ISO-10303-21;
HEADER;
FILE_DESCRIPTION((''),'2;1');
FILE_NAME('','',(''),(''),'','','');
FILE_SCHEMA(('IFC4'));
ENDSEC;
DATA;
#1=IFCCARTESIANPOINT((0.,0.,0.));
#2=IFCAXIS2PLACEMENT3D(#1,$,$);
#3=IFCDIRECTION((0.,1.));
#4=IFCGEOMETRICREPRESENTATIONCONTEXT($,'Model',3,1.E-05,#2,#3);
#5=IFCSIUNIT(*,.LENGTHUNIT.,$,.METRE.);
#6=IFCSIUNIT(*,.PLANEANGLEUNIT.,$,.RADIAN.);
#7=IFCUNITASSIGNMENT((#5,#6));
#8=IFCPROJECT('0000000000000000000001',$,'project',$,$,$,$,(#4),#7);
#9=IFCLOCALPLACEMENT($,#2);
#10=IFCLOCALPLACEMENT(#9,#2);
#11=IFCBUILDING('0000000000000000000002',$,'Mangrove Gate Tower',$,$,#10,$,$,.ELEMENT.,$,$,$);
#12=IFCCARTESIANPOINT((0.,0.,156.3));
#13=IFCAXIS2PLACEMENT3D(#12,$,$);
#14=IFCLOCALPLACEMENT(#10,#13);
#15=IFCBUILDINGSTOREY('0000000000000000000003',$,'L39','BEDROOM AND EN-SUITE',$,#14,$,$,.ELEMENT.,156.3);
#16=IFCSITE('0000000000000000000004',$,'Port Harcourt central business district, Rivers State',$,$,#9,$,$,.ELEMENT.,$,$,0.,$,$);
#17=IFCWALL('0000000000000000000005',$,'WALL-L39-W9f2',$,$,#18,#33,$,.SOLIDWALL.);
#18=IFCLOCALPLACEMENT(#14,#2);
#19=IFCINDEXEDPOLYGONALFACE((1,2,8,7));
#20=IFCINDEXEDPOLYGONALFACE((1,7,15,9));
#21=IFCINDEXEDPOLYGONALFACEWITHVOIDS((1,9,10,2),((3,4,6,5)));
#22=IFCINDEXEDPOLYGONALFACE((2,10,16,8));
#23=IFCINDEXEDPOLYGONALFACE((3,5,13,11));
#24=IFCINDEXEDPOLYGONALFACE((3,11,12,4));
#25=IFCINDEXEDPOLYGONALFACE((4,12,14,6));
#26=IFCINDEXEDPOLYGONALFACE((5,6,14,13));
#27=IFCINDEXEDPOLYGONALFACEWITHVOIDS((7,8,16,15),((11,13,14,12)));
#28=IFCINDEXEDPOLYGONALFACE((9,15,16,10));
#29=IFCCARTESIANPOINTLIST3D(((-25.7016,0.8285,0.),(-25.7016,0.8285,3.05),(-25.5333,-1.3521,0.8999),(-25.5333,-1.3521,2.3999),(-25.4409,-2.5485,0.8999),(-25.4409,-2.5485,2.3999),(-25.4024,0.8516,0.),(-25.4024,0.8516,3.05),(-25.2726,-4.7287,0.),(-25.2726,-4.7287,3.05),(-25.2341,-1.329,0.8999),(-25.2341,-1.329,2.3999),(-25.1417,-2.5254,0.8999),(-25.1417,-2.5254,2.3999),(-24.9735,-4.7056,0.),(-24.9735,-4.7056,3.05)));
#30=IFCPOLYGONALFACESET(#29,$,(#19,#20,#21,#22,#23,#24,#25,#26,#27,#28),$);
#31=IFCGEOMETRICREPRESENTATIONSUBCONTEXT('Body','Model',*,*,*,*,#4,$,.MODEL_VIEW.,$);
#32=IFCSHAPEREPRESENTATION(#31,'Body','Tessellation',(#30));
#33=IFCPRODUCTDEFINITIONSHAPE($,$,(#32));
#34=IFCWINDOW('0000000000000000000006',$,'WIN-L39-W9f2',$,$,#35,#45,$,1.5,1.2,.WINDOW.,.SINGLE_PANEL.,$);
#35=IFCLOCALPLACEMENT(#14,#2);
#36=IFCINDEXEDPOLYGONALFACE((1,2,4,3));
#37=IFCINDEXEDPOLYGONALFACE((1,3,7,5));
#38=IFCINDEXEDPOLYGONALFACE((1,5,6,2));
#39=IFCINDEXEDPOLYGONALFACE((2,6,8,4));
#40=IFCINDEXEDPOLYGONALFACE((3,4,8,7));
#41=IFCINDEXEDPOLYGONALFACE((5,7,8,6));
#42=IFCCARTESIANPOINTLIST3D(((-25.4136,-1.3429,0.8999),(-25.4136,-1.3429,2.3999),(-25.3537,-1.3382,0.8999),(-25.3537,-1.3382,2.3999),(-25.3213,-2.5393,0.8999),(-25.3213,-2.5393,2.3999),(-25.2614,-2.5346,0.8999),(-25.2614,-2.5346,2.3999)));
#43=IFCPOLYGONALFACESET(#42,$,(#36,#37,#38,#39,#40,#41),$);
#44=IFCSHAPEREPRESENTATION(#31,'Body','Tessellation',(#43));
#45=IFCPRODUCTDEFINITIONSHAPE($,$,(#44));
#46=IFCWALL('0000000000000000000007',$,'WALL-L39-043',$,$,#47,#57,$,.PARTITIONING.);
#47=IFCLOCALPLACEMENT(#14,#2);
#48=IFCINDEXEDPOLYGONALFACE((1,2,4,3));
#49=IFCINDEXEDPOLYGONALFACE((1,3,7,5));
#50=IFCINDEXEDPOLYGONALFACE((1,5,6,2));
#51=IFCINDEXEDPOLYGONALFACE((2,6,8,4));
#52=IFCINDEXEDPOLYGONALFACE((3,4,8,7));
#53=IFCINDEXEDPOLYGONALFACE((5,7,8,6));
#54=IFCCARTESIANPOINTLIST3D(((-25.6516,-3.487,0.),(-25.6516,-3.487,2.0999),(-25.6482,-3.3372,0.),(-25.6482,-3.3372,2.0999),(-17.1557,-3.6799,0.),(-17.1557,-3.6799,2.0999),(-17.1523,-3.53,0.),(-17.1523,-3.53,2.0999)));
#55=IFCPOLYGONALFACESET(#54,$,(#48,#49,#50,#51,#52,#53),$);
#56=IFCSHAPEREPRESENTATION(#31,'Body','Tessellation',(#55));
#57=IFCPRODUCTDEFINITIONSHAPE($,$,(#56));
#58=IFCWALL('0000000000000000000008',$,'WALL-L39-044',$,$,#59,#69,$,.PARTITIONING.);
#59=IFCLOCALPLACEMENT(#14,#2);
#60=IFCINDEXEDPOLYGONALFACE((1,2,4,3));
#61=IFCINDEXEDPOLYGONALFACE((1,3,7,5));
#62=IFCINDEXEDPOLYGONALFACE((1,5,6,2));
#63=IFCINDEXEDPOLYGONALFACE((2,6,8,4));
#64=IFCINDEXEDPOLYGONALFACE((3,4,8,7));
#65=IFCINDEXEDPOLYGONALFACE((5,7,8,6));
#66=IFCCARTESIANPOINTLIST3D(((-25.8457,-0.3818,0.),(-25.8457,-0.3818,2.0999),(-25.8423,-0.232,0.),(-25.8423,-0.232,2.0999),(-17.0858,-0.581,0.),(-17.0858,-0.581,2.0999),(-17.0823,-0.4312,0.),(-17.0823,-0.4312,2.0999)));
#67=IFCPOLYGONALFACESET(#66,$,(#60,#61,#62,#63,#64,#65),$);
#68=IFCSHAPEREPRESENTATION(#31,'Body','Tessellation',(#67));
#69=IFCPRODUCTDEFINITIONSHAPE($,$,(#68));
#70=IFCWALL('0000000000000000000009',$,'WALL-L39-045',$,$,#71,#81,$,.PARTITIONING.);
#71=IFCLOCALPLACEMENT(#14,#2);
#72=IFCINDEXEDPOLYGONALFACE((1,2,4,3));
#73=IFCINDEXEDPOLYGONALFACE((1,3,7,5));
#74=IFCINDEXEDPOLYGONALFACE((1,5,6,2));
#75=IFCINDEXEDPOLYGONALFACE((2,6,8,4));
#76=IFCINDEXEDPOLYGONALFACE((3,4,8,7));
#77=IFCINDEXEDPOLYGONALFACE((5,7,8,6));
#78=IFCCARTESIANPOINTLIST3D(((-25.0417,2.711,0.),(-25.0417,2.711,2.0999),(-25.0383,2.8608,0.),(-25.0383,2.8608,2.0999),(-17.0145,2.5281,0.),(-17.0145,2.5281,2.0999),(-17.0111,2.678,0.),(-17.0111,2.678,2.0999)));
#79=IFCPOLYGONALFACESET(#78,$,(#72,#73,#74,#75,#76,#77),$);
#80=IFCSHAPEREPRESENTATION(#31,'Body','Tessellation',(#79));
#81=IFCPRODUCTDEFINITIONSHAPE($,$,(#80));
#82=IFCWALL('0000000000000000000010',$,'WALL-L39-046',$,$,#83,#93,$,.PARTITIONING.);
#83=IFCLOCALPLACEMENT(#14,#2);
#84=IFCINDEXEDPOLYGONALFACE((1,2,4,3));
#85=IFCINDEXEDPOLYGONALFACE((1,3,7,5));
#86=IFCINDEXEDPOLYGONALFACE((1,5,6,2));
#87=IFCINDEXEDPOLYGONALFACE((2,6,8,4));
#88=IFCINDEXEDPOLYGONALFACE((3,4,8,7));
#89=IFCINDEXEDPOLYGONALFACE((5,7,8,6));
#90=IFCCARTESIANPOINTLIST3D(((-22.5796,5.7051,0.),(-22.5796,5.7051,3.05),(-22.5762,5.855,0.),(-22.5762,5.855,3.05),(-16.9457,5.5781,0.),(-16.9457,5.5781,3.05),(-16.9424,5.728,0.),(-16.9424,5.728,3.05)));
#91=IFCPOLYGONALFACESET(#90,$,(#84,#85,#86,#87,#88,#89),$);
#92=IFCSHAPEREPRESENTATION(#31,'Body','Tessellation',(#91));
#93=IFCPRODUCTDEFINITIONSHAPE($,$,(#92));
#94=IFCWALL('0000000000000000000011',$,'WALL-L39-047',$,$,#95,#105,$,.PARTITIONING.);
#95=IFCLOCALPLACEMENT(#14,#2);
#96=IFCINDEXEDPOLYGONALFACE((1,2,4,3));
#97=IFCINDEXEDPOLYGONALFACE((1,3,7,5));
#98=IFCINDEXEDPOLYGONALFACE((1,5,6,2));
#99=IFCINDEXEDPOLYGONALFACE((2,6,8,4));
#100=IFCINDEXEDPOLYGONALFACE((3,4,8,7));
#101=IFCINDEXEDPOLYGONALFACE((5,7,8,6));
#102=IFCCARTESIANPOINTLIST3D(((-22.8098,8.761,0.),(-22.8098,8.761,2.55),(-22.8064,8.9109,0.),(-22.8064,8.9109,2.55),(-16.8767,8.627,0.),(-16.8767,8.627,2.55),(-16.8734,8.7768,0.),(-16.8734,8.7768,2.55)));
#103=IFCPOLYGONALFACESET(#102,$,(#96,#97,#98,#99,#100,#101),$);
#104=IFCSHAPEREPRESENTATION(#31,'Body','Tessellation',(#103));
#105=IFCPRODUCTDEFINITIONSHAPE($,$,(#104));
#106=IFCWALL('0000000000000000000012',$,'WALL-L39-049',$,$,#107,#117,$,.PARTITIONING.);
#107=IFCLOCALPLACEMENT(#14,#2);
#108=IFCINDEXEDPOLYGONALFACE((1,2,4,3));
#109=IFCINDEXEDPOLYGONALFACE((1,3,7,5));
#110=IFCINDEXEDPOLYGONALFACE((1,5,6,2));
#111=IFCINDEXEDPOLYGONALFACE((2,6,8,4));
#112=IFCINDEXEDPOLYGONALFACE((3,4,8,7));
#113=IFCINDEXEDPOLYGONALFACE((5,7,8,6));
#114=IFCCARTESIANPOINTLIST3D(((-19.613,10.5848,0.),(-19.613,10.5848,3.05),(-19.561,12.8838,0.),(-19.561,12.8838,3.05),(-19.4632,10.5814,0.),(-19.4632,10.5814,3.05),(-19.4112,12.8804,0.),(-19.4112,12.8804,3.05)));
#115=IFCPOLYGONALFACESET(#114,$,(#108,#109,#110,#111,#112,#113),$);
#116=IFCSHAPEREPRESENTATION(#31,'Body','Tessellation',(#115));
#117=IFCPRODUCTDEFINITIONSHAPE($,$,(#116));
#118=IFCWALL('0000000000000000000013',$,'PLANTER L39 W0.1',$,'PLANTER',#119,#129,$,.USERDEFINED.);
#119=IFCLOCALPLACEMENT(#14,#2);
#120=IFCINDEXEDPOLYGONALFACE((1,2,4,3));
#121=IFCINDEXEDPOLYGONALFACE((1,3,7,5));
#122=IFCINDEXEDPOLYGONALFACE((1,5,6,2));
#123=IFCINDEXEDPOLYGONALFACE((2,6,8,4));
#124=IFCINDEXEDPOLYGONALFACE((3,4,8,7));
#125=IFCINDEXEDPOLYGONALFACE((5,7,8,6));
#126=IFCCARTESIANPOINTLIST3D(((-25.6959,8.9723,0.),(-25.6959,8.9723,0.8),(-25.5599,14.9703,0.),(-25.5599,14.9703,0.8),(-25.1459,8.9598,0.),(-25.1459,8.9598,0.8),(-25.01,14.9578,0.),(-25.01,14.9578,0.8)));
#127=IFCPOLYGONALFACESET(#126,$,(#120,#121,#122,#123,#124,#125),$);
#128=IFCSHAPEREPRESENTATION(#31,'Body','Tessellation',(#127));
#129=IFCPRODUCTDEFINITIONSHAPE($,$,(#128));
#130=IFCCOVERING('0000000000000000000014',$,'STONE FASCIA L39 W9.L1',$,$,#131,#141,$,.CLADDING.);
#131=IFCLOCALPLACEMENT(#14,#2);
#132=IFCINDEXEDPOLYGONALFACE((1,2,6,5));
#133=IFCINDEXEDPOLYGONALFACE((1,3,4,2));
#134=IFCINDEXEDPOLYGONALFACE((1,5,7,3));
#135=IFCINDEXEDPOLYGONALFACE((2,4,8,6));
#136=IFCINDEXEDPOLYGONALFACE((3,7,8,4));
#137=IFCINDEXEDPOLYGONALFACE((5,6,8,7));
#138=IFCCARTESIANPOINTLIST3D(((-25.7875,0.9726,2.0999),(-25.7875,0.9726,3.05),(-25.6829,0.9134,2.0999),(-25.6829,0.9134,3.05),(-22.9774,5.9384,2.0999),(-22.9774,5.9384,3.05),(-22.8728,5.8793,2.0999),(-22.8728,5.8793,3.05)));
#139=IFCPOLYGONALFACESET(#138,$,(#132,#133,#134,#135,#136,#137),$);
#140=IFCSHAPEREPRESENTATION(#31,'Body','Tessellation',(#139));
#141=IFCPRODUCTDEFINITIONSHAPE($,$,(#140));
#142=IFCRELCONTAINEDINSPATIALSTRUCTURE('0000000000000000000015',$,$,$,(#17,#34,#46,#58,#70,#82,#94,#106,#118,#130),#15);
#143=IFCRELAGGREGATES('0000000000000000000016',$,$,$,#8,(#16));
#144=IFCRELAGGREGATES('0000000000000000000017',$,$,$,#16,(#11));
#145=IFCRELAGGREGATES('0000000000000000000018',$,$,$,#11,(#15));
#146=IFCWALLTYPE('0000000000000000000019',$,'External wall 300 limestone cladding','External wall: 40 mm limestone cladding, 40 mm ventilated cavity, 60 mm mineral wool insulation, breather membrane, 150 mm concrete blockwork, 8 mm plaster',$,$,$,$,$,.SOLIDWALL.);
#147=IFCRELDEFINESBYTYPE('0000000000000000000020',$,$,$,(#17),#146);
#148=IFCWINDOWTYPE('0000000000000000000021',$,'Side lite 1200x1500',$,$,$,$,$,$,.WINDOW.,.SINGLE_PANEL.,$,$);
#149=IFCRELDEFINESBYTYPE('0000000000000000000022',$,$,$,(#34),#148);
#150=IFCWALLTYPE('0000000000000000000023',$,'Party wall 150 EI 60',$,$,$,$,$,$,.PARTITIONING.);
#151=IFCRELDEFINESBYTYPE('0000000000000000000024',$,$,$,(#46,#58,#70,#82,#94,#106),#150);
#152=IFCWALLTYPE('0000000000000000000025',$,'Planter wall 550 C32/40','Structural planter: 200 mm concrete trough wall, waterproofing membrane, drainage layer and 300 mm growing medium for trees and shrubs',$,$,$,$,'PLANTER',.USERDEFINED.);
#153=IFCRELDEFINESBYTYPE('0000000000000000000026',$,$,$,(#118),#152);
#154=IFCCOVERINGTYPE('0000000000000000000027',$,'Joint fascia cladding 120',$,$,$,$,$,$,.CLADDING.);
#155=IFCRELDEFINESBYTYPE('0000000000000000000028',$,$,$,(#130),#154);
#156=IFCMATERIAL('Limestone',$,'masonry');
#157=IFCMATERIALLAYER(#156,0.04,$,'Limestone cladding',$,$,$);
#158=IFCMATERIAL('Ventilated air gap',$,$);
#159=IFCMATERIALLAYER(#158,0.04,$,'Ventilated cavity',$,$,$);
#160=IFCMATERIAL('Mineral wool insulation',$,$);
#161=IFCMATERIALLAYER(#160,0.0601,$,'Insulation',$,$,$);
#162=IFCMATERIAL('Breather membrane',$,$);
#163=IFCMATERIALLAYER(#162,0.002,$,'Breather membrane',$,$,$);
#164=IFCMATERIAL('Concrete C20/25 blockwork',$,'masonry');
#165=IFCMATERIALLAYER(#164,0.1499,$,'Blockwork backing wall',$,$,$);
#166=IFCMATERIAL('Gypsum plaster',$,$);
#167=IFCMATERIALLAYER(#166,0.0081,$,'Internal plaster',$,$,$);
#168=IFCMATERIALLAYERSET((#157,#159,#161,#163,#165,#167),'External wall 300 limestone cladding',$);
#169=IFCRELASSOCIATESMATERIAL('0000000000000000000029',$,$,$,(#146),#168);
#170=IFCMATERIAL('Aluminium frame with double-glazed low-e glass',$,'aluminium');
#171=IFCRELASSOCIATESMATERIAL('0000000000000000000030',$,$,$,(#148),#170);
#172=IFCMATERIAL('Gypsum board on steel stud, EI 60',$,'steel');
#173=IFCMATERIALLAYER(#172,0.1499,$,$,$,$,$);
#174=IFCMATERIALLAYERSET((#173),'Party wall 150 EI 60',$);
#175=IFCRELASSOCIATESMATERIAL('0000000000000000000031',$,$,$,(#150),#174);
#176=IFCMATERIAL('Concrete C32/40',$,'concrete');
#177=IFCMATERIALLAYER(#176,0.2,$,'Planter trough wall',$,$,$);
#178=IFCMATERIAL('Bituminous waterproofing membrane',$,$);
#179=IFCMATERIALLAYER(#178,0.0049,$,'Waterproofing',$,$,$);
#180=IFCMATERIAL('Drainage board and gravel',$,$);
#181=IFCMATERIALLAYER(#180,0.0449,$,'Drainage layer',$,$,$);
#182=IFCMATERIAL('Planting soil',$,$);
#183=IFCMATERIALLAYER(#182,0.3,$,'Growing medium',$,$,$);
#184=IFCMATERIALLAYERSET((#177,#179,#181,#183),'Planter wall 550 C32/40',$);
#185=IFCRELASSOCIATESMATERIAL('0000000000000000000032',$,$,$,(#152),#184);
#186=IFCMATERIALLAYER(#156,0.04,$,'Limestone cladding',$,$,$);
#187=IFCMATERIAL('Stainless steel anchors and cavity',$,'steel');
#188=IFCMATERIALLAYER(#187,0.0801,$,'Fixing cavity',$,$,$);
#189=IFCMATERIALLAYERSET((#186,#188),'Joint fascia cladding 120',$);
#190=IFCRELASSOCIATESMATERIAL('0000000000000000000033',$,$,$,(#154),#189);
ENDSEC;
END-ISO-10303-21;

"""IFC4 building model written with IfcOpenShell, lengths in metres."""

from ifc_helpers import new_model, si_unit, direction, frame, frame_2d, origin, place, context, subcontext, project, spatial, rectangle, extrude, material, layer, layer_set, type_object, element, fill, save


model = new_model("IFC4")

# Units and contexts
model_context = context("Model", 3, precision=1e-05, world=origin(), true_north=direction((0.0, 1.0)))
body_context = subcontext(model_context, "Body", "Model", "MODEL_VIEW")
ifc_project = project(units=[si_unit("LENGTHUNIT", "METRE"), si_unit("PLANEANGLEUNIT", "RADIAN")], contexts=[model_context])

# Site, building, storey
site_placement = place(None, origin())
site = spatial("IfcSite", under=ifc_project, at=site_placement, Name="Port Harcourt central business district, Rivers State", CompositionType="ELEMENT", RefElevation=0.0)
building_placement = place(site_placement, origin())
building = spatial("IfcBuilding", under=site, at=building_placement, Name="Mangrove Gate Tower", CompositionType="ELEMENT")
storey_placement = place(building_placement, frame((0.0, 0.0, 156.3)))
storey = spatial("IfcBuildingStorey", under=building, at=storey_placement, Name="L39", Description="BEDROOM AND EN-SUITE", CompositionType="ELEMENT", Elevation=156.3)

# Wall, opening, window
ifc_material_1 = material(Name="Limestone", Category="masonry")
ifc_layer_1 = layer(ifc_material_1, 0.04, Name="Limestone cladding")
ifc_material_2 = material(Name="Ventilated air gap")
ifc_layer_2 = layer(ifc_material_2, 0.04, Name="Ventilated cavity")
ifc_material_3 = material(Name="Mineral wool insulation")
ifc_layer_3 = layer(ifc_material_3, 0.0601, Name="Insulation")
ifc_material_4 = material(Name="Breather membrane")
ifc_layer_4 = layer(ifc_material_4, 0.002, Name="Breather membrane")
ifc_material_5 = material(Name="Concrete C20/25 blockwork", Category="masonry")
ifc_layer_5 = layer(ifc_material_5, 0.1499, Name="Blockwork backing wall")
ifc_material_6 = material(Name="Gypsum plaster")
ifc_layer_6 = layer(ifc_material_6, 0.0081, Name="Internal plaster")
ifc_layer_set_1 = layer_set([ifc_layer_1, ifc_layer_2, ifc_layer_3, ifc_layer_4, ifc_layer_5, ifc_layer_6], Name="External wall 300 limestone cladding")
wall_type_1 = type_object("IfcWallType", Name="External wall 300 limestone cladding", Description="External wall: 40 mm limestone cladding, 40 mm ventilated cavity, 60 mm mineral wool insulation, breather membrane, 150 mm concrete blockwork, 8 mm plaster", PredefinedType="SOLIDWALL", material=ifc_layer_set_1)
ifc_material_7 = material(Name="Aluminium frame with double-glazed low-e glass", Category="aluminium")
window_type = type_object("IfcWindowType", Name="Side lite 1200x1500", PartitioningType="SINGLE_PANEL", PredefinedType="WINDOW", material=ifc_material_7)
wall_1_placement = place(storey_placement, frame((-25.552, 0.8401, 0.0), z_axis=(0.0, 0.0, 1.0), x_axis=(0.076961, -0.997034, 0.0)))
wall_1 = element("IfcWall", 1, at=wall_1_placement, inside=storey, type_object=wall_type_1, Name="WALL-L39-W9f2", PredefinedType="SOLIDWALL", context=body_context, shape_type="SweptSolid", body=[
    extrude(rectangle(XDim=5.5737, YDim=0.3, at=frame_2d((2.7869, 0.0))), origin(), (0.0, 0.0, 1.0), 3.05),
])
opening_1_placement = place(wall_1_placement, frame((2.187, 0.0, 0.8999)))
opening_1 = element("IfcOpeningElement", 2, at=opening_1_placement, cuts=wall_1, PredefinedType="OPENING", context=body_context, shape_type="SweptSolid", body=[
    extrude(rectangle(XDim=1.2, YDim=1.5, at=frame_2d((0.6001, 0.75))), frame((0.0, 0.1599, 0.0), z_axis=(0.0, -1.0, 0.0), x_axis=(1.0, 0.0, 0.0)), (0.0, 0.0, 1.0), 0.3201),
])
window_1_placement = place(opening_1_placement, origin())
window_1 = element("IfcWindow", 3, at=window_1_placement, inside=storey, type_object=window_type, Name="WIN-L39-W9f2", OverallHeight=1.5, OverallWidth=1.2, PartitioningType="SINGLE_PANEL", PredefinedType="WINDOW", context=body_context, shape_type="SweptSolid", body=[
    extrude(rectangle(XDim=1.2, YDim=1.5, at=frame_2d((0.6001, 0.75))), frame((0.0, 0.03, 0.0), z_axis=(0.0, -1.0, 0.0), x_axis=(1.0, 0.0, 0.0)), (0.0, 0.0, 1.0), 0.0601),
])
fill(opening_1, window_1)

# Walls
ifc_material_8 = material(Name="Gypsum board on steel stud, EI 60", Category="steel")
ifc_layer_7 = layer(ifc_material_8, 0.1499)
ifc_layer_set_2 = layer_set([ifc_layer_7], Name="Party wall 150 EI 60")
wall_type_2 = type_object("IfcWallType", Name="Party wall 150 EI 60", PredefinedType="PARTITIONING", material=ifc_layer_set_2)
wall_2_placement = place(storey_placement, frame((-25.6499, -3.4121, 0.0), z_axis=(0.0, 0.0, 1.0), x_axis=(0.999742, -0.022696, 0.0)))
element("IfcWall", 4, at=wall_2_placement, inside=storey, type_object=wall_type_2, Name="WALL-L39-043", PredefinedType="PARTITIONING", context=body_context, shape_type="SweptSolid", body=[
    extrude(rectangle(XDim=8.498, YDim=0.1499, at=frame_2d((4.249, 0.0))), origin(), (0.0, 0.0, 1.0), 2.0999),
])
wall_3_placement = place(storey_placement, frame((-25.844, -0.3069, 0.0), z_axis=(0.0, 0.0, 1.0), x_axis=(0.999742, -0.022736, 0.0)))
element("IfcWall", 5, at=wall_3_placement, inside=storey, type_object=wall_type_2, Name="WALL-L39-044", PredefinedType="PARTITIONING", context=body_context, shape_type="SweptSolid", body=[
    extrude(rectangle(XDim=8.7622, YDim=0.1499, at=frame_2d((4.3811, 0.0))), origin(), (0.0, 0.0, 1.0), 2.0999),
])
wall_4_placement = place(storey_placement, frame((-25.04, 2.7859, 0.0), z_axis=(0.0, 0.0, 1.0), x_axis=(0.999741, -0.022775, 0.0)))
element("IfcWall", 6, at=wall_4_placement, inside=storey, type_object=wall_type_2, Name="WALL-L39-045", PredefinedType="PARTITIONING", context=body_context, shape_type="SweptSolid", body=[
    extrude(rectangle(XDim=8.0293, YDim=0.1499, at=frame_2d((4.0146, 0.0))), origin(), (0.0, 0.0, 1.0), 2.0999),
])
wall_5_placement = place(storey_placement, frame((-22.5779, 5.78, 0.0), z_axis=(0.0, 0.0, 1.0), x_axis=(0.999746, -0.022529, 0.0)))
element("IfcWall", 7, at=wall_5_placement, inside=storey, type_object=wall_type_2, Name="WALL-L39-046", PredefinedType="PARTITIONING", context=body_context, shape_type="SweptSolid", body=[
    extrude(rectangle(XDim=5.6353, YDim=0.1499, at=frame_2d((2.8176, 0.0))), origin(), (0.0, 0.0, 1.0), 3.05),
])
wall_6_placement = place(storey_placement, frame((-22.8081, 8.8359, 0.0), z_axis=(0.0, 0.0, 1.0), x_axis=(0.999745, -0.022585, 0.0)))
element("IfcWall", 8, at=wall_6_placement, inside=storey, type_object=wall_type_2, Name="WALL-L39-047", PredefinedType="PARTITIONING", context=body_context, shape_type="SweptSolid", body=[
    extrude(rectangle(XDim=5.9346, YDim=0.1499, at=frame_2d((2.9673, 0.0))), origin(), (0.0, 0.0, 1.0), 2.55),
])
wall_7_placement = place(storey_placement, frame((-19.5381, 10.583, 0.0), z_axis=(0.0, 0.0, 1.0), x_axis=(0.022613, 0.999744, 0.0)))
element("IfcWall", 9, at=wall_7_placement, inside=storey, type_object=wall_type_2, Name="WALL-L39-049", PredefinedType="PARTITIONING", context=body_context, shape_type="SweptSolid", body=[
    extrude(rectangle(XDim=2.2996, YDim=0.1499, at=frame_2d((1.1499, 0.0))), origin(), (0.0, 0.0, 1.0), 3.05),
])
ifc_material_9 = material(Name="Concrete C32/40", Category="concrete")
ifc_layer_8 = layer(ifc_material_9, 0.2, Name="Planter trough wall")
ifc_material_10 = material(Name="Bituminous waterproofing membrane")
ifc_layer_9 = layer(ifc_material_10, 0.0049, Name="Waterproofing")
ifc_material_11 = material(Name="Drainage board and gravel")
ifc_layer_10 = layer(ifc_material_11, 0.0449, Name="Drainage layer")
ifc_material_12 = material(Name="Planting soil")
ifc_layer_11 = layer(ifc_material_12, 0.3, Name="Growing medium")
ifc_layer_set_3 = layer_set([ifc_layer_8, ifc_layer_9, ifc_layer_10, ifc_layer_11], Name="Planter wall 550 C32/40")
wall_type_3 = type_object("IfcWallType", Name="Planter wall 550 C32/40", Description="Structural planter: 200 mm concrete trough wall, waterproofing membrane, drainage layer and 300 mm growing medium for trees and shrubs", ElementType="PLANTER", PredefinedType="USERDEFINED", material=ifc_layer_set_3)
wall_8_placement = place(storey_placement, frame((-25.4209, 8.9661, 0.0), z_axis=(0.0, 0.0, 1.0), x_axis=(0.022666, 0.999743, 0.0)))
element("IfcWall", 10, at=wall_8_placement, inside=storey, type_object=wall_type_3, Name="PLANTER L39 W0.1", ObjectType="PLANTER", PredefinedType="USERDEFINED", context=body_context, shape_type="SweptSolid", body=[
    extrude(rectangle(XDim=5.9995, YDim=0.55, at=frame_2d((2.9998, 0.0))), origin(), (0.0, 0.0, 1.0), 0.8),
])

# Covering
ifc_layer_12 = layer(ifc_material_1, 0.04, Name="Limestone cladding")
ifc_material_13 = material(Name="Stainless steel anchors and cavity", Category="steel")
ifc_layer_13 = layer(ifc_material_13, 0.0801, Name="Fixing cavity")
ifc_layer_set_4 = layer_set([ifc_layer_12, ifc_layer_13], Name="Joint fascia cladding 120")
covering_type = type_object("IfcCoveringType", Name="Joint fascia cladding 120", PredefinedType="CLADDING", material=ifc_layer_set_4)
covering_placement = place(storey_placement, frame((-22.925, 5.9089, 2.0999), z_axis=(0.0, 0.0, 1.0), x_axis=(-0.492494, -0.870316, 0.0)))
element("IfcCovering", 11, at=covering_placement, inside=storey, type_object=covering_type, Name="STONE FASCIA L39 W9.L1", PredefinedType="CLADDING", context=body_context, shape_type="SweptSolid", body=[
    extrude(rectangle(XDim=5.7058, YDim=0.1201, at=frame_2d((2.853, 0.0))), origin(), (0.0, 0.0, 1.0), 0.9502),
])

save(model, "model.ifc")
